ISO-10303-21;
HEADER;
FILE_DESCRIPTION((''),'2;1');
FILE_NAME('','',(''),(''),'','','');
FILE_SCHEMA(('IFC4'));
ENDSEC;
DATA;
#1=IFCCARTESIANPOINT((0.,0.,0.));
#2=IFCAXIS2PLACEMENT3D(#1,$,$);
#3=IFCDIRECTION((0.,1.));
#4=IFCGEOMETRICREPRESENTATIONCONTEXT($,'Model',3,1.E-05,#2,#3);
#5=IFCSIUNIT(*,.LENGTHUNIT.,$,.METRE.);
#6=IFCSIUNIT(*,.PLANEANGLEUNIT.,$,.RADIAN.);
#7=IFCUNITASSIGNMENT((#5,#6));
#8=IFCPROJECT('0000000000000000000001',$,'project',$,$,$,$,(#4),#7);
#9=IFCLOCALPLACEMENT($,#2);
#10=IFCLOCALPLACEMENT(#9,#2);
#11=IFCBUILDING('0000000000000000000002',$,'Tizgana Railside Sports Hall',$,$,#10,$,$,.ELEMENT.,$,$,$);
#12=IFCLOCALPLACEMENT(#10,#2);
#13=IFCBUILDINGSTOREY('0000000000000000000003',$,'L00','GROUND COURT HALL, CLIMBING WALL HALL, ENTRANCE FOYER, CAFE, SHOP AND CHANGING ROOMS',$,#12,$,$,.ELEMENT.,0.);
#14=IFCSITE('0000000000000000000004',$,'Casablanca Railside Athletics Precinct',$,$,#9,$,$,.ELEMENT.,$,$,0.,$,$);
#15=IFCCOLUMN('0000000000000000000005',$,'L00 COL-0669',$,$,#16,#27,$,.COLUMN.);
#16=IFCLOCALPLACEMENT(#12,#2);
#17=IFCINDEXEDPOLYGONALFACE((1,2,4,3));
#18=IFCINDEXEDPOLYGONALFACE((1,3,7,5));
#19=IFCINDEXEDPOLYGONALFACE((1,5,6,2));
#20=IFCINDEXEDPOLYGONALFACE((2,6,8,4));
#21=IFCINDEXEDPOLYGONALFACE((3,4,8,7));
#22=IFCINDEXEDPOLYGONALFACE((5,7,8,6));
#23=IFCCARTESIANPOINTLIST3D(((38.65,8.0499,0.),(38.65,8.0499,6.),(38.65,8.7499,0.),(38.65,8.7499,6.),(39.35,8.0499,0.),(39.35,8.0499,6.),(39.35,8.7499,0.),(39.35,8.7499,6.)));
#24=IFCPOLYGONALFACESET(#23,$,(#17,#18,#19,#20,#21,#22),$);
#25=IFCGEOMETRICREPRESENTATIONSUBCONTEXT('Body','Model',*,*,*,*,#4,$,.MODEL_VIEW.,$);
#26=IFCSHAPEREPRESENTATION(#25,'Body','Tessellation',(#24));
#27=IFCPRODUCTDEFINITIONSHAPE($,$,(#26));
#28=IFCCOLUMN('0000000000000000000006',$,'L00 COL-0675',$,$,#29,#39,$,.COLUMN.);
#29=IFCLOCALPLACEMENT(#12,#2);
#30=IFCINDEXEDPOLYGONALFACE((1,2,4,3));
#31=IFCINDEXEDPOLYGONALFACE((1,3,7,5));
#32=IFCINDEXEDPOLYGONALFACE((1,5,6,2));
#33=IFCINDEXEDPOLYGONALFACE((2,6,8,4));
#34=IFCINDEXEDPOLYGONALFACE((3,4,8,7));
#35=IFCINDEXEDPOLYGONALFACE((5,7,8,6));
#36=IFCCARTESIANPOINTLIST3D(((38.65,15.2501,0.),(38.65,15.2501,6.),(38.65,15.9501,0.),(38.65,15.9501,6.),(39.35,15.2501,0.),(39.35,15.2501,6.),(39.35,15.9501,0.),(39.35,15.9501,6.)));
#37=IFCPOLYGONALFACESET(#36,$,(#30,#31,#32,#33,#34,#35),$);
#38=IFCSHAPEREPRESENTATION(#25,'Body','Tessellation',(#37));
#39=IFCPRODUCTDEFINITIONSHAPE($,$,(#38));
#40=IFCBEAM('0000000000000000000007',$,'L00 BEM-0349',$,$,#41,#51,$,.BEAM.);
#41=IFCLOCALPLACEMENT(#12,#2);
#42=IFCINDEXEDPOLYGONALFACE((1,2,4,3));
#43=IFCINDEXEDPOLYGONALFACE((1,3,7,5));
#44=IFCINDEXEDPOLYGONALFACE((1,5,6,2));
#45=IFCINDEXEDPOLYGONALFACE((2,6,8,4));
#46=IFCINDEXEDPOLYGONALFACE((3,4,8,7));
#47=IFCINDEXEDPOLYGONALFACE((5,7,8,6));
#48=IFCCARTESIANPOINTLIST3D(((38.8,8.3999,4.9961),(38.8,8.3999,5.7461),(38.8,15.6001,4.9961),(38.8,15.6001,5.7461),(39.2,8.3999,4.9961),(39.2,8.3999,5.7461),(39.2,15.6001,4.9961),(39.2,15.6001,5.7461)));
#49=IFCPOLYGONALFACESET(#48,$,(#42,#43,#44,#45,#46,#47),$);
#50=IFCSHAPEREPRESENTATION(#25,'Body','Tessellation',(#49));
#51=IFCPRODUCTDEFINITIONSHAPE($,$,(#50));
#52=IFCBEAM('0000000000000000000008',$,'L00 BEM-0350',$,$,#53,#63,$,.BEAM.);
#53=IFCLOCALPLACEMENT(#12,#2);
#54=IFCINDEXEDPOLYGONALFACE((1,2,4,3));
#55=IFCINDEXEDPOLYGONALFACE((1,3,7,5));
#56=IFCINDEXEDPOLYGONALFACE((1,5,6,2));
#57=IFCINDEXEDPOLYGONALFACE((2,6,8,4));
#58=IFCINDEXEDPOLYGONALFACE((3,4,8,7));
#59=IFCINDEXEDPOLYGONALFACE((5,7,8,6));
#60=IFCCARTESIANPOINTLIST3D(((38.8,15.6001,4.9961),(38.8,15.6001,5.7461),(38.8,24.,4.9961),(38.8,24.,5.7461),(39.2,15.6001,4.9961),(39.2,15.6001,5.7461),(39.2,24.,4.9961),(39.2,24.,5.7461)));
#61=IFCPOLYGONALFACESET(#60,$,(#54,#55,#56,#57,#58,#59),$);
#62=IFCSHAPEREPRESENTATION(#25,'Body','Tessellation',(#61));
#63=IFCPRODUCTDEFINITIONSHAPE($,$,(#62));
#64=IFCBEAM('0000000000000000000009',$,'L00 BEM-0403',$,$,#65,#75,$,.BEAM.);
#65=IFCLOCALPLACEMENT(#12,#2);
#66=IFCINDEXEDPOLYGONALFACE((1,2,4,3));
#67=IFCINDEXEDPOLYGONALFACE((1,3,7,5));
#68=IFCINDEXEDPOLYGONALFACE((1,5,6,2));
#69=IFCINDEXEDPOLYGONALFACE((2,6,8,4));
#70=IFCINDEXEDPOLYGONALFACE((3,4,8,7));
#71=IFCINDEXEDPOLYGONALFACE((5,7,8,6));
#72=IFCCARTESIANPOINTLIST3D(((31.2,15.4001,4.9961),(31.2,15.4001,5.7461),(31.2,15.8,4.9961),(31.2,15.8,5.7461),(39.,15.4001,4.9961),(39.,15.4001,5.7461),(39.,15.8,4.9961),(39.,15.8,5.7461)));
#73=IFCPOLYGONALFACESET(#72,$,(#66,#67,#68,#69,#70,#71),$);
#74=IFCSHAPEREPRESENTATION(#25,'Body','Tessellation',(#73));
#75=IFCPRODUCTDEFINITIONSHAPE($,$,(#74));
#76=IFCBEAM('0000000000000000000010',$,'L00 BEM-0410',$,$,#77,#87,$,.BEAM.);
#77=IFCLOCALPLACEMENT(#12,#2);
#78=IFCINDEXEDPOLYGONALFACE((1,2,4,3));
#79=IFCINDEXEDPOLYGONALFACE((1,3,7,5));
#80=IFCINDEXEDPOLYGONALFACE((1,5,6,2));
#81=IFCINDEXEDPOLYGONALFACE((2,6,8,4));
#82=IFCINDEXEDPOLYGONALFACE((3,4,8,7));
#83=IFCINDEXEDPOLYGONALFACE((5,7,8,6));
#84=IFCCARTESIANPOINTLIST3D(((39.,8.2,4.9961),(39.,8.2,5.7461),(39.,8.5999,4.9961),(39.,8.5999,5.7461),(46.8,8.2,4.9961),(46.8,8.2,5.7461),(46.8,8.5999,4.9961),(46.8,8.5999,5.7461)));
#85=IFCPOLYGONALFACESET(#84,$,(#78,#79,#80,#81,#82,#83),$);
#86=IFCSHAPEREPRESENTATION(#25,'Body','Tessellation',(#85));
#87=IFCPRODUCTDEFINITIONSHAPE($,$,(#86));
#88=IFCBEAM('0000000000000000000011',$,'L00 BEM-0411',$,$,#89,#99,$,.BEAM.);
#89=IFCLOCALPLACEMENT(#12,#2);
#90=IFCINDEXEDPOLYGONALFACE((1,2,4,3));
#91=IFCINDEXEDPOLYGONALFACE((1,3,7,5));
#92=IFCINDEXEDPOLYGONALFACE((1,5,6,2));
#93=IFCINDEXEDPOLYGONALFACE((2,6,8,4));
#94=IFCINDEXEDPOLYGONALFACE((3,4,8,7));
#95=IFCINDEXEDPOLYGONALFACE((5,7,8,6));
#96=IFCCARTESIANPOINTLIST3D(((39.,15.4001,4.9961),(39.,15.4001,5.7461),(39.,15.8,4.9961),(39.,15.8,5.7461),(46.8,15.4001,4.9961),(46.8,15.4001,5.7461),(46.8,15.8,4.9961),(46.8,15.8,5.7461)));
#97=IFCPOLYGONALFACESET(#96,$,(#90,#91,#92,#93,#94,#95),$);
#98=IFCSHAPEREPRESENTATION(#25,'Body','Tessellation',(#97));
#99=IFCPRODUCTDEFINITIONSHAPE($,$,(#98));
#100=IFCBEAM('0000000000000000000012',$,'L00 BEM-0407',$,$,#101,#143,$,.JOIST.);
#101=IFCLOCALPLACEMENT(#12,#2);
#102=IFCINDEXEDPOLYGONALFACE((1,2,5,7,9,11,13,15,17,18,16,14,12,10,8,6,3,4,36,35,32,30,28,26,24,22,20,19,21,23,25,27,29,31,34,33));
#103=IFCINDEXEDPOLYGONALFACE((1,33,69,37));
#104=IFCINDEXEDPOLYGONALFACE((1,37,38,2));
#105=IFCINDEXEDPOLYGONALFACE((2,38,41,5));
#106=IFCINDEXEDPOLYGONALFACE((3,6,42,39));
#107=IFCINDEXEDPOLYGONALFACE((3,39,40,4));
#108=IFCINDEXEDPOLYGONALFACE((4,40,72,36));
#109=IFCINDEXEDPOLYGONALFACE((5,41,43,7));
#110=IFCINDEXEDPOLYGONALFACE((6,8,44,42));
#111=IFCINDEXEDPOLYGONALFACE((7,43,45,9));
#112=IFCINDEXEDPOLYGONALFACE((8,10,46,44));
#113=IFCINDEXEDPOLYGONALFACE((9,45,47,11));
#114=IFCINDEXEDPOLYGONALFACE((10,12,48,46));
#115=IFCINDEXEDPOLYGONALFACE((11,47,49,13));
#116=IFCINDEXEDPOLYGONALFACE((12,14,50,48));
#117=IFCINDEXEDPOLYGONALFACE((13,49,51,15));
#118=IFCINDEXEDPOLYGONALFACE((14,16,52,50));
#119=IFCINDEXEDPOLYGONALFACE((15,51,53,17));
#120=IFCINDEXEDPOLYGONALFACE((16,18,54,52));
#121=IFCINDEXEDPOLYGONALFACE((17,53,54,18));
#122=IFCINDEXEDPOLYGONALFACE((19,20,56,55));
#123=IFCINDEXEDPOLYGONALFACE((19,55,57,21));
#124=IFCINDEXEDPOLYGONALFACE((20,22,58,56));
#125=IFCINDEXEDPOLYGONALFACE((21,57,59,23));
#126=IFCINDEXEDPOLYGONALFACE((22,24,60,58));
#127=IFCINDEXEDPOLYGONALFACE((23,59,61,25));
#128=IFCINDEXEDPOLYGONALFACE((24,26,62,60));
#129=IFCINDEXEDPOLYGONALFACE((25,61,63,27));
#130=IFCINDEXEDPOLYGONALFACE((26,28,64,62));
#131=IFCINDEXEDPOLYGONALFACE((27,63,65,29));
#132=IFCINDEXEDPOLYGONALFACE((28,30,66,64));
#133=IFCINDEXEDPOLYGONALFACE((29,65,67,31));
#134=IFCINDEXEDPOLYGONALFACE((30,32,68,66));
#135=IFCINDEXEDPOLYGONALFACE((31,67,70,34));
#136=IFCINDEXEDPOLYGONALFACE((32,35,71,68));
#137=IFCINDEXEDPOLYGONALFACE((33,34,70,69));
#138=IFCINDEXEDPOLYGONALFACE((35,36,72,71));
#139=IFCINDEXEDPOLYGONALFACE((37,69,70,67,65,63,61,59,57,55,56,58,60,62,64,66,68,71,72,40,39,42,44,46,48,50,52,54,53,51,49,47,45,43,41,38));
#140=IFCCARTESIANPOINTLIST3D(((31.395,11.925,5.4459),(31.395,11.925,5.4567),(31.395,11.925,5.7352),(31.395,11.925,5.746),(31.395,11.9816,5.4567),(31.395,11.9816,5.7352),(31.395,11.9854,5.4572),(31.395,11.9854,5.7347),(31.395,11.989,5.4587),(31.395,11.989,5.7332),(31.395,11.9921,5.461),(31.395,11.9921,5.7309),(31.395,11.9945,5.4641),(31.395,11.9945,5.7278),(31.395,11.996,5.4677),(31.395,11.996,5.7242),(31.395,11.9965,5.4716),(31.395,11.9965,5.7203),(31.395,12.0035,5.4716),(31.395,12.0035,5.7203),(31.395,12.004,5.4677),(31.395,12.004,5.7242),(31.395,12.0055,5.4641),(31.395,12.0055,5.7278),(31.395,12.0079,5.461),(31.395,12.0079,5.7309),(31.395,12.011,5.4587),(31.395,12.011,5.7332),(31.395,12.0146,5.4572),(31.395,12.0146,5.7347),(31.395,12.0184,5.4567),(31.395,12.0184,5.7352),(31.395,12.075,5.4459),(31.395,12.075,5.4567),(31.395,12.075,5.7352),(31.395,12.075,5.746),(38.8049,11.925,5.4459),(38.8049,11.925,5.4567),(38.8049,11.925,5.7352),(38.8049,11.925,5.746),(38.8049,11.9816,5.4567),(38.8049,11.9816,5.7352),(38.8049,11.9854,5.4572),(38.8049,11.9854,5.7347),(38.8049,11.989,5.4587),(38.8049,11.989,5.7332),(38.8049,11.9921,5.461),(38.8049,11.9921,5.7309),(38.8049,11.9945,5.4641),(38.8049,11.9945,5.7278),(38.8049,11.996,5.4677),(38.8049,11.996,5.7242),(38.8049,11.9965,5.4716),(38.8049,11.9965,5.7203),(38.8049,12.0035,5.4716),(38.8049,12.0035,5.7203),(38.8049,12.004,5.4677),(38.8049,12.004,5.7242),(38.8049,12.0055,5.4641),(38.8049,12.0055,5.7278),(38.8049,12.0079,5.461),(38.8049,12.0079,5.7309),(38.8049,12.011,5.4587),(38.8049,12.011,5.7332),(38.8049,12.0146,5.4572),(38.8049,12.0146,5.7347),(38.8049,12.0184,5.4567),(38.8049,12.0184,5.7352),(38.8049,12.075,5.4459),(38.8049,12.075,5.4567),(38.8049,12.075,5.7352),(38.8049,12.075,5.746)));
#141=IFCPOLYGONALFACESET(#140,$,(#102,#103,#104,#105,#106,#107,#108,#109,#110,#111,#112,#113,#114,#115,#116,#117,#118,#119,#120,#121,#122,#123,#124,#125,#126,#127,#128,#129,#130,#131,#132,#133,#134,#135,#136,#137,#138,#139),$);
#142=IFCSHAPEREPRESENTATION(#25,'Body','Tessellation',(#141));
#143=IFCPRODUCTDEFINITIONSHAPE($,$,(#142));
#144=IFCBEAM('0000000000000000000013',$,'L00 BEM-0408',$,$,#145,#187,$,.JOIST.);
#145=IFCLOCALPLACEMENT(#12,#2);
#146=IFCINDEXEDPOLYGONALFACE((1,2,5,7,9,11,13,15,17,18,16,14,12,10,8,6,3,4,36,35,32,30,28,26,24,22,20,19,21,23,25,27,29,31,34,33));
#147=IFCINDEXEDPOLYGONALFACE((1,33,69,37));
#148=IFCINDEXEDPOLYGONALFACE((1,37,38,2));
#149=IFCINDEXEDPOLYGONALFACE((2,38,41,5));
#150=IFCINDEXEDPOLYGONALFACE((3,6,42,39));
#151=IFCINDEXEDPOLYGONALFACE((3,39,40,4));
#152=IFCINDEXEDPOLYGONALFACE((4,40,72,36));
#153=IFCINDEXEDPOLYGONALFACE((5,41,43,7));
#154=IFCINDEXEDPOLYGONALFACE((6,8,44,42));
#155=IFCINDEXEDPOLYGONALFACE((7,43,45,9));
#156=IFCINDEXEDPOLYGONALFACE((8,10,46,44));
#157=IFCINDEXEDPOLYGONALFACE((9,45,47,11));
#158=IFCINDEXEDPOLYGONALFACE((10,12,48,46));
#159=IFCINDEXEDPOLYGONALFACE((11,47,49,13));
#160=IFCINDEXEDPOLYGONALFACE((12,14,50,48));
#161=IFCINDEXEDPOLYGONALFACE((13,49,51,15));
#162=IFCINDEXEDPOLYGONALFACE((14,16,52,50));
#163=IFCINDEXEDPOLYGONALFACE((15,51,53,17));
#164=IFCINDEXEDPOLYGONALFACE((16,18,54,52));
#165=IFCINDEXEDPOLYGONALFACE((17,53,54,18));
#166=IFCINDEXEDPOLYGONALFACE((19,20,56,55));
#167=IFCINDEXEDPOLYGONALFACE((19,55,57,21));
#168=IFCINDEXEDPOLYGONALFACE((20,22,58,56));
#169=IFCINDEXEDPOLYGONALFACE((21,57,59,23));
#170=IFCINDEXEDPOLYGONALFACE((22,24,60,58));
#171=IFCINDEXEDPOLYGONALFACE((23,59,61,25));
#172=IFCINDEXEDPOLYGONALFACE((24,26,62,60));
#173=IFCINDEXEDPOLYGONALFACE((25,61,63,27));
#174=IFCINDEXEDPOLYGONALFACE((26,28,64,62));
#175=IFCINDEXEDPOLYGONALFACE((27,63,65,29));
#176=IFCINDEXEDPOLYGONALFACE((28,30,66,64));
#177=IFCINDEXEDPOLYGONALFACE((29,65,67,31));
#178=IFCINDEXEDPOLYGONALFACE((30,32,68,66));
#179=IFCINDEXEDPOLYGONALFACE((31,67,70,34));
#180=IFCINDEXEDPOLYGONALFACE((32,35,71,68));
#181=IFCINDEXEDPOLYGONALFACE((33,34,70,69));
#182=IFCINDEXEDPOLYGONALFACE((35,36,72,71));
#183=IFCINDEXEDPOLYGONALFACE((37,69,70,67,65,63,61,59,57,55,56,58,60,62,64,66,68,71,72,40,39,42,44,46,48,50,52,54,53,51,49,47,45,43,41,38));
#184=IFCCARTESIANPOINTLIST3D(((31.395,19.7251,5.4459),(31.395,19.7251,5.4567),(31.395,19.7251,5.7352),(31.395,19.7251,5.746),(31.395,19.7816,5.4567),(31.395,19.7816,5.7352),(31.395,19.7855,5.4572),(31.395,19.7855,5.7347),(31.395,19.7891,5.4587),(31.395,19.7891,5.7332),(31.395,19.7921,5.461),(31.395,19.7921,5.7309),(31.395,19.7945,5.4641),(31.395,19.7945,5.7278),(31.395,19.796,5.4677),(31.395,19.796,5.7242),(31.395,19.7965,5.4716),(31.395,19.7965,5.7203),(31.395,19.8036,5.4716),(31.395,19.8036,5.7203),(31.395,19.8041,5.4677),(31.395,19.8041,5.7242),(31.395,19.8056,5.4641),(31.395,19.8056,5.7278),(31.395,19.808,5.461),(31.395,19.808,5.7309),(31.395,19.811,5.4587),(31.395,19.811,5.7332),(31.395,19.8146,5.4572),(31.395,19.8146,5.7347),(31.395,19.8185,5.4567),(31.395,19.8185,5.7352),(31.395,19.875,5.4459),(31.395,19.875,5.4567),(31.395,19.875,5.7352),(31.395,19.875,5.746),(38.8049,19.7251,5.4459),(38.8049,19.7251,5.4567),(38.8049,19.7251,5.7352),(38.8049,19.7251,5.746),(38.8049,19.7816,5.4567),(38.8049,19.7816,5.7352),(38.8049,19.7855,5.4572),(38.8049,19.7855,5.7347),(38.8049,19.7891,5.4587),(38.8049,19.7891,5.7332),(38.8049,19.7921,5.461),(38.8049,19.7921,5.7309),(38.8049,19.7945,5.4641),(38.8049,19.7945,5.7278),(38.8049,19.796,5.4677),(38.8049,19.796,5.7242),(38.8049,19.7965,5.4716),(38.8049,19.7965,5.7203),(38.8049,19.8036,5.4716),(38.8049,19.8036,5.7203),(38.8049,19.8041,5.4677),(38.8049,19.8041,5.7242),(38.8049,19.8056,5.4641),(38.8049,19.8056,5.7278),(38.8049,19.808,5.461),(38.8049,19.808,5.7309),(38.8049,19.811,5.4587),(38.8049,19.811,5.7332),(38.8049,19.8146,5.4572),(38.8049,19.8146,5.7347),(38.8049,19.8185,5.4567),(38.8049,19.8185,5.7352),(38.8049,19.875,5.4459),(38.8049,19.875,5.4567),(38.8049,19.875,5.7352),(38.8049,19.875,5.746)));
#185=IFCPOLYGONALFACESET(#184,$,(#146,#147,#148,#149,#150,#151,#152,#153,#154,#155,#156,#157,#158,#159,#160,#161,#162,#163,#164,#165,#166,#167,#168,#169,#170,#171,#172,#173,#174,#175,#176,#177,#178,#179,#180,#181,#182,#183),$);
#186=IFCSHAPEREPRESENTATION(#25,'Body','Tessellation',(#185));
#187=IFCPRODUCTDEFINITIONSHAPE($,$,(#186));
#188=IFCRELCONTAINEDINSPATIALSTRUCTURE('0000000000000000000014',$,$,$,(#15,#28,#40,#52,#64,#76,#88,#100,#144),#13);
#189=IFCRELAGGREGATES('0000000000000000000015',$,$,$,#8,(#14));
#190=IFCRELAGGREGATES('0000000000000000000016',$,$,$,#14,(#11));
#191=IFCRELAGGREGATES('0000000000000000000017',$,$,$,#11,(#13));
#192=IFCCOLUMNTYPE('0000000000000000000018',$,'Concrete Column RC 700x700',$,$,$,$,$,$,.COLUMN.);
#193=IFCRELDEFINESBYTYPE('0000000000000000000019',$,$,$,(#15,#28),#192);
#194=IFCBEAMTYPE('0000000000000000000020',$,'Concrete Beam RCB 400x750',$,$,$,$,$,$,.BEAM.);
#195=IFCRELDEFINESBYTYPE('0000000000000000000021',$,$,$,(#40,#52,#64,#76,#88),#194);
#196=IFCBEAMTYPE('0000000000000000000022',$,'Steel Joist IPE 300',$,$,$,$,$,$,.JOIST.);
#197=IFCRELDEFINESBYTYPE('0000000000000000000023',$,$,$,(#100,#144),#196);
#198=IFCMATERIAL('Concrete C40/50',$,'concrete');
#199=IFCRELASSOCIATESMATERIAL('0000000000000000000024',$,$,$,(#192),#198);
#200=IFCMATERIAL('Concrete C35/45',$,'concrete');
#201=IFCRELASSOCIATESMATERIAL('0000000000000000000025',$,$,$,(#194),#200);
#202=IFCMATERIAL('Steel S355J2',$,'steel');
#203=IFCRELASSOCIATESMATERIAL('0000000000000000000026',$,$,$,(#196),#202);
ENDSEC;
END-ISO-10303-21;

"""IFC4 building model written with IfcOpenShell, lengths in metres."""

from ifc_helpers import new_model, si_unit, direction, frame, origin, origin_2d, place, context, subcontext, project, spatial, rectangle, i_section, extrude, material, material_profile, profile_set, type_object, element, save


model = new_model("IFC4")

# Units and contexts
model_context = context("Model", 3, precision=1e-05, world=origin(), true_north=direction((0.0, 1.0)))
body_context = subcontext(model_context, "Body", "Model", "MODEL_VIEW")
ifc_project = project(units=[si_unit("LENGTHUNIT", "METRE"), si_unit("PLANEANGLEUNIT", "RADIAN")], contexts=[model_context])

# Site, building, storey
site_placement = place(None, origin())
site = spatial("IfcSite", under=ifc_project, at=site_placement, Name="Casablanca Railside Athletics Precinct", CompositionType="ELEMENT", RefElevation=0.0)
building_placement = place(site_placement, origin())
building = spatial("IfcBuilding", under=site, at=building_placement, Name="Tizgana Railside Sports Hall", CompositionType="ELEMENT")
storey_placement = place(building_placement, origin())
storey = spatial("IfcBuildingStorey", under=building, at=storey_placement, Name="L00", Description="GROUND COURT HALL, CLIMBING WALL HALL, ENTRANCE FOYER, CAFE, SHOP AND CHANGING ROOMS", CompositionType="ELEMENT", Elevation=0.0)

# Columns
ifc_material_1 = material(Name="Concrete C40/50", Category="concrete")
ifc_material_profile_1 = material_profile(ifc_material_1, rectangle(XDim=0.7, YDim=0.7, at=origin_2d()), Name="RC 700x700")
ifc_profile_set_1 = profile_set([ifc_material_profile_1], Name="Concrete C40/50")
column_type = type_object("IfcColumnType", Name="Concrete Column RC 700x700", PredefinedType="COLUMN", material=ifc_profile_set_1)
for number, where, z_axis, x_axis, name in (
    (1, (39.0, 8.3999, 0.0), (0.0, 0.0, 1.0), (1.0, 0.0, 0.0), "L00 COL-0669"),
    (2, (39.0, 15.6001, 0.0), (0.0, 0.0, 1.0), (1.0, 0.0, 0.0), "L00 COL-0675"),
):
    element("IfcColumn", number, at=place(storey_placement, frame(where, z_axis=z_axis, x_axis=x_axis)), inside=storey, type_object=column_type, Name=name, PredefinedType="COLUMN", context=body_context, shape_type="SweptSolid", body=[
        extrude(rectangle(XDim=0.7, YDim=0.7, at=origin_2d()), origin(), (0.0, 0.0, 1.0), 6.0),
    ])

# Beams
ifc_material_2 = material(Name="Concrete C35/45", Category="concrete")
ifc_material_profile_2 = material_profile(ifc_material_2, rectangle(XDim=0.3999, YDim=0.75, at=origin_2d()), Name="RCB 400x750")
ifc_profile_set_2 = profile_set([ifc_material_profile_2], Name="Concrete C35/45")
beam_type_1 = type_object("IfcBeamType", Name="Concrete Beam RCB 400x750", PredefinedType="BEAM", material=ifc_profile_set_2)
beam_1_placement = place(storey_placement, frame((39.0, 8.3999, 5.3711), z_axis=(0.0, 1.0, 0.0), x_axis=(-1.0, 0.0, 0.0)))
element("IfcBeam", 3, at=beam_1_placement, inside=storey, type_object=beam_type_1, Name="L00 BEM-0349", PredefinedType="BEAM", context=body_context, shape_type="SweptSolid", body=[
    extrude(rectangle(XDim=0.3999, YDim=0.75, at=origin_2d()), origin(), (0.0, 0.0, 1.0), 7.2002),
])
beam_2_placement = place(storey_placement, frame((39.0, 15.6001, 5.3711), z_axis=(0.0, 1.0, 0.0), x_axis=(-1.0, 0.0, 0.0)))
element("IfcBeam", 4, at=beam_2_placement, inside=storey, type_object=beam_type_1, Name="L00 BEM-0350", PredefinedType="BEAM", context=body_context, shape_type="SweptSolid", body=[
    extrude(rectangle(XDim=0.3999, YDim=0.75, at=origin_2d()), origin(), (0.0, 0.0, 1.0), 8.3999),
])
for number, where, z_axis, x_axis, name in (
    (5, (31.2, 15.6001, 5.3711), (1.0, 0.0, 0.0), (0.0, 1.0, 0.0), "L00 BEM-0403"),
    (6, (39.0, 8.3999, 5.3711), (1.0, 0.0, 0.0), (0.0, 1.0, 0.0), "L00 BEM-0410"),
    (7, (39.0, 15.6001, 5.3711), (1.0, 0.0, 0.0), (0.0, 1.0, 0.0), "L00 BEM-0411"),
):
    element("IfcBeam", number, at=place(storey_placement, frame(where, z_axis=z_axis, x_axis=x_axis)), inside=storey, type_object=beam_type_1, Name=name, PredefinedType="BEAM", context=body_context, shape_type="SweptSolid", body=[
        extrude(rectangle(XDim=0.3999, YDim=0.75, at=origin_2d()), origin(), (0.0, 0.0, 1.0), 7.8),
    ])
ifc_material_3 = material(Name="Steel S355J2", Category="steel")
ifc_material_profile_3 = material_profile(ifc_material_3, i_section(OverallWidth=0.1499, OverallDepth=0.3, WebThickness=0.0071, FlangeThickness=0.0107, FilletRadius=0.0149, at=origin_2d()), Name="IPE 300")
ifc_profile_set_3 = profile_set([ifc_material_profile_3], Name="Steel S355J2")
beam_type_2 = type_object("IfcBeamType", Name="Steel Joist IPE 300", PredefinedType="JOIST", material=ifc_profile_set_3)
for number, where, z_axis, x_axis, name in (
    (8, (31.395, 12.0, 5.5959), (1.0, 0.0, 0.0), (0.0, 1.0, 0.0), "L00 BEM-0407"),
    (9, (31.395, 19.8, 5.5959), (1.0, 0.0, 0.0), (0.0, 1.0, 0.0), "L00 BEM-0408"),
):
    element("IfcBeam", number, at=place(storey_placement, frame(where, z_axis=z_axis, x_axis=x_axis)), inside=storey, type_object=beam_type_2, Name=name, PredefinedType="JOIST", context=body_context, shape_type="SweptSolid", body=[
        extrude(i_section(OverallWidth=0.1499, OverallDepth=0.3, WebThickness=0.0071, FlangeThickness=0.0107, FilletRadius=0.0149, at=origin_2d()), origin(), (0.0, 0.0, 1.0), 7.4099),
    ])

save(model, "model.ifc")
